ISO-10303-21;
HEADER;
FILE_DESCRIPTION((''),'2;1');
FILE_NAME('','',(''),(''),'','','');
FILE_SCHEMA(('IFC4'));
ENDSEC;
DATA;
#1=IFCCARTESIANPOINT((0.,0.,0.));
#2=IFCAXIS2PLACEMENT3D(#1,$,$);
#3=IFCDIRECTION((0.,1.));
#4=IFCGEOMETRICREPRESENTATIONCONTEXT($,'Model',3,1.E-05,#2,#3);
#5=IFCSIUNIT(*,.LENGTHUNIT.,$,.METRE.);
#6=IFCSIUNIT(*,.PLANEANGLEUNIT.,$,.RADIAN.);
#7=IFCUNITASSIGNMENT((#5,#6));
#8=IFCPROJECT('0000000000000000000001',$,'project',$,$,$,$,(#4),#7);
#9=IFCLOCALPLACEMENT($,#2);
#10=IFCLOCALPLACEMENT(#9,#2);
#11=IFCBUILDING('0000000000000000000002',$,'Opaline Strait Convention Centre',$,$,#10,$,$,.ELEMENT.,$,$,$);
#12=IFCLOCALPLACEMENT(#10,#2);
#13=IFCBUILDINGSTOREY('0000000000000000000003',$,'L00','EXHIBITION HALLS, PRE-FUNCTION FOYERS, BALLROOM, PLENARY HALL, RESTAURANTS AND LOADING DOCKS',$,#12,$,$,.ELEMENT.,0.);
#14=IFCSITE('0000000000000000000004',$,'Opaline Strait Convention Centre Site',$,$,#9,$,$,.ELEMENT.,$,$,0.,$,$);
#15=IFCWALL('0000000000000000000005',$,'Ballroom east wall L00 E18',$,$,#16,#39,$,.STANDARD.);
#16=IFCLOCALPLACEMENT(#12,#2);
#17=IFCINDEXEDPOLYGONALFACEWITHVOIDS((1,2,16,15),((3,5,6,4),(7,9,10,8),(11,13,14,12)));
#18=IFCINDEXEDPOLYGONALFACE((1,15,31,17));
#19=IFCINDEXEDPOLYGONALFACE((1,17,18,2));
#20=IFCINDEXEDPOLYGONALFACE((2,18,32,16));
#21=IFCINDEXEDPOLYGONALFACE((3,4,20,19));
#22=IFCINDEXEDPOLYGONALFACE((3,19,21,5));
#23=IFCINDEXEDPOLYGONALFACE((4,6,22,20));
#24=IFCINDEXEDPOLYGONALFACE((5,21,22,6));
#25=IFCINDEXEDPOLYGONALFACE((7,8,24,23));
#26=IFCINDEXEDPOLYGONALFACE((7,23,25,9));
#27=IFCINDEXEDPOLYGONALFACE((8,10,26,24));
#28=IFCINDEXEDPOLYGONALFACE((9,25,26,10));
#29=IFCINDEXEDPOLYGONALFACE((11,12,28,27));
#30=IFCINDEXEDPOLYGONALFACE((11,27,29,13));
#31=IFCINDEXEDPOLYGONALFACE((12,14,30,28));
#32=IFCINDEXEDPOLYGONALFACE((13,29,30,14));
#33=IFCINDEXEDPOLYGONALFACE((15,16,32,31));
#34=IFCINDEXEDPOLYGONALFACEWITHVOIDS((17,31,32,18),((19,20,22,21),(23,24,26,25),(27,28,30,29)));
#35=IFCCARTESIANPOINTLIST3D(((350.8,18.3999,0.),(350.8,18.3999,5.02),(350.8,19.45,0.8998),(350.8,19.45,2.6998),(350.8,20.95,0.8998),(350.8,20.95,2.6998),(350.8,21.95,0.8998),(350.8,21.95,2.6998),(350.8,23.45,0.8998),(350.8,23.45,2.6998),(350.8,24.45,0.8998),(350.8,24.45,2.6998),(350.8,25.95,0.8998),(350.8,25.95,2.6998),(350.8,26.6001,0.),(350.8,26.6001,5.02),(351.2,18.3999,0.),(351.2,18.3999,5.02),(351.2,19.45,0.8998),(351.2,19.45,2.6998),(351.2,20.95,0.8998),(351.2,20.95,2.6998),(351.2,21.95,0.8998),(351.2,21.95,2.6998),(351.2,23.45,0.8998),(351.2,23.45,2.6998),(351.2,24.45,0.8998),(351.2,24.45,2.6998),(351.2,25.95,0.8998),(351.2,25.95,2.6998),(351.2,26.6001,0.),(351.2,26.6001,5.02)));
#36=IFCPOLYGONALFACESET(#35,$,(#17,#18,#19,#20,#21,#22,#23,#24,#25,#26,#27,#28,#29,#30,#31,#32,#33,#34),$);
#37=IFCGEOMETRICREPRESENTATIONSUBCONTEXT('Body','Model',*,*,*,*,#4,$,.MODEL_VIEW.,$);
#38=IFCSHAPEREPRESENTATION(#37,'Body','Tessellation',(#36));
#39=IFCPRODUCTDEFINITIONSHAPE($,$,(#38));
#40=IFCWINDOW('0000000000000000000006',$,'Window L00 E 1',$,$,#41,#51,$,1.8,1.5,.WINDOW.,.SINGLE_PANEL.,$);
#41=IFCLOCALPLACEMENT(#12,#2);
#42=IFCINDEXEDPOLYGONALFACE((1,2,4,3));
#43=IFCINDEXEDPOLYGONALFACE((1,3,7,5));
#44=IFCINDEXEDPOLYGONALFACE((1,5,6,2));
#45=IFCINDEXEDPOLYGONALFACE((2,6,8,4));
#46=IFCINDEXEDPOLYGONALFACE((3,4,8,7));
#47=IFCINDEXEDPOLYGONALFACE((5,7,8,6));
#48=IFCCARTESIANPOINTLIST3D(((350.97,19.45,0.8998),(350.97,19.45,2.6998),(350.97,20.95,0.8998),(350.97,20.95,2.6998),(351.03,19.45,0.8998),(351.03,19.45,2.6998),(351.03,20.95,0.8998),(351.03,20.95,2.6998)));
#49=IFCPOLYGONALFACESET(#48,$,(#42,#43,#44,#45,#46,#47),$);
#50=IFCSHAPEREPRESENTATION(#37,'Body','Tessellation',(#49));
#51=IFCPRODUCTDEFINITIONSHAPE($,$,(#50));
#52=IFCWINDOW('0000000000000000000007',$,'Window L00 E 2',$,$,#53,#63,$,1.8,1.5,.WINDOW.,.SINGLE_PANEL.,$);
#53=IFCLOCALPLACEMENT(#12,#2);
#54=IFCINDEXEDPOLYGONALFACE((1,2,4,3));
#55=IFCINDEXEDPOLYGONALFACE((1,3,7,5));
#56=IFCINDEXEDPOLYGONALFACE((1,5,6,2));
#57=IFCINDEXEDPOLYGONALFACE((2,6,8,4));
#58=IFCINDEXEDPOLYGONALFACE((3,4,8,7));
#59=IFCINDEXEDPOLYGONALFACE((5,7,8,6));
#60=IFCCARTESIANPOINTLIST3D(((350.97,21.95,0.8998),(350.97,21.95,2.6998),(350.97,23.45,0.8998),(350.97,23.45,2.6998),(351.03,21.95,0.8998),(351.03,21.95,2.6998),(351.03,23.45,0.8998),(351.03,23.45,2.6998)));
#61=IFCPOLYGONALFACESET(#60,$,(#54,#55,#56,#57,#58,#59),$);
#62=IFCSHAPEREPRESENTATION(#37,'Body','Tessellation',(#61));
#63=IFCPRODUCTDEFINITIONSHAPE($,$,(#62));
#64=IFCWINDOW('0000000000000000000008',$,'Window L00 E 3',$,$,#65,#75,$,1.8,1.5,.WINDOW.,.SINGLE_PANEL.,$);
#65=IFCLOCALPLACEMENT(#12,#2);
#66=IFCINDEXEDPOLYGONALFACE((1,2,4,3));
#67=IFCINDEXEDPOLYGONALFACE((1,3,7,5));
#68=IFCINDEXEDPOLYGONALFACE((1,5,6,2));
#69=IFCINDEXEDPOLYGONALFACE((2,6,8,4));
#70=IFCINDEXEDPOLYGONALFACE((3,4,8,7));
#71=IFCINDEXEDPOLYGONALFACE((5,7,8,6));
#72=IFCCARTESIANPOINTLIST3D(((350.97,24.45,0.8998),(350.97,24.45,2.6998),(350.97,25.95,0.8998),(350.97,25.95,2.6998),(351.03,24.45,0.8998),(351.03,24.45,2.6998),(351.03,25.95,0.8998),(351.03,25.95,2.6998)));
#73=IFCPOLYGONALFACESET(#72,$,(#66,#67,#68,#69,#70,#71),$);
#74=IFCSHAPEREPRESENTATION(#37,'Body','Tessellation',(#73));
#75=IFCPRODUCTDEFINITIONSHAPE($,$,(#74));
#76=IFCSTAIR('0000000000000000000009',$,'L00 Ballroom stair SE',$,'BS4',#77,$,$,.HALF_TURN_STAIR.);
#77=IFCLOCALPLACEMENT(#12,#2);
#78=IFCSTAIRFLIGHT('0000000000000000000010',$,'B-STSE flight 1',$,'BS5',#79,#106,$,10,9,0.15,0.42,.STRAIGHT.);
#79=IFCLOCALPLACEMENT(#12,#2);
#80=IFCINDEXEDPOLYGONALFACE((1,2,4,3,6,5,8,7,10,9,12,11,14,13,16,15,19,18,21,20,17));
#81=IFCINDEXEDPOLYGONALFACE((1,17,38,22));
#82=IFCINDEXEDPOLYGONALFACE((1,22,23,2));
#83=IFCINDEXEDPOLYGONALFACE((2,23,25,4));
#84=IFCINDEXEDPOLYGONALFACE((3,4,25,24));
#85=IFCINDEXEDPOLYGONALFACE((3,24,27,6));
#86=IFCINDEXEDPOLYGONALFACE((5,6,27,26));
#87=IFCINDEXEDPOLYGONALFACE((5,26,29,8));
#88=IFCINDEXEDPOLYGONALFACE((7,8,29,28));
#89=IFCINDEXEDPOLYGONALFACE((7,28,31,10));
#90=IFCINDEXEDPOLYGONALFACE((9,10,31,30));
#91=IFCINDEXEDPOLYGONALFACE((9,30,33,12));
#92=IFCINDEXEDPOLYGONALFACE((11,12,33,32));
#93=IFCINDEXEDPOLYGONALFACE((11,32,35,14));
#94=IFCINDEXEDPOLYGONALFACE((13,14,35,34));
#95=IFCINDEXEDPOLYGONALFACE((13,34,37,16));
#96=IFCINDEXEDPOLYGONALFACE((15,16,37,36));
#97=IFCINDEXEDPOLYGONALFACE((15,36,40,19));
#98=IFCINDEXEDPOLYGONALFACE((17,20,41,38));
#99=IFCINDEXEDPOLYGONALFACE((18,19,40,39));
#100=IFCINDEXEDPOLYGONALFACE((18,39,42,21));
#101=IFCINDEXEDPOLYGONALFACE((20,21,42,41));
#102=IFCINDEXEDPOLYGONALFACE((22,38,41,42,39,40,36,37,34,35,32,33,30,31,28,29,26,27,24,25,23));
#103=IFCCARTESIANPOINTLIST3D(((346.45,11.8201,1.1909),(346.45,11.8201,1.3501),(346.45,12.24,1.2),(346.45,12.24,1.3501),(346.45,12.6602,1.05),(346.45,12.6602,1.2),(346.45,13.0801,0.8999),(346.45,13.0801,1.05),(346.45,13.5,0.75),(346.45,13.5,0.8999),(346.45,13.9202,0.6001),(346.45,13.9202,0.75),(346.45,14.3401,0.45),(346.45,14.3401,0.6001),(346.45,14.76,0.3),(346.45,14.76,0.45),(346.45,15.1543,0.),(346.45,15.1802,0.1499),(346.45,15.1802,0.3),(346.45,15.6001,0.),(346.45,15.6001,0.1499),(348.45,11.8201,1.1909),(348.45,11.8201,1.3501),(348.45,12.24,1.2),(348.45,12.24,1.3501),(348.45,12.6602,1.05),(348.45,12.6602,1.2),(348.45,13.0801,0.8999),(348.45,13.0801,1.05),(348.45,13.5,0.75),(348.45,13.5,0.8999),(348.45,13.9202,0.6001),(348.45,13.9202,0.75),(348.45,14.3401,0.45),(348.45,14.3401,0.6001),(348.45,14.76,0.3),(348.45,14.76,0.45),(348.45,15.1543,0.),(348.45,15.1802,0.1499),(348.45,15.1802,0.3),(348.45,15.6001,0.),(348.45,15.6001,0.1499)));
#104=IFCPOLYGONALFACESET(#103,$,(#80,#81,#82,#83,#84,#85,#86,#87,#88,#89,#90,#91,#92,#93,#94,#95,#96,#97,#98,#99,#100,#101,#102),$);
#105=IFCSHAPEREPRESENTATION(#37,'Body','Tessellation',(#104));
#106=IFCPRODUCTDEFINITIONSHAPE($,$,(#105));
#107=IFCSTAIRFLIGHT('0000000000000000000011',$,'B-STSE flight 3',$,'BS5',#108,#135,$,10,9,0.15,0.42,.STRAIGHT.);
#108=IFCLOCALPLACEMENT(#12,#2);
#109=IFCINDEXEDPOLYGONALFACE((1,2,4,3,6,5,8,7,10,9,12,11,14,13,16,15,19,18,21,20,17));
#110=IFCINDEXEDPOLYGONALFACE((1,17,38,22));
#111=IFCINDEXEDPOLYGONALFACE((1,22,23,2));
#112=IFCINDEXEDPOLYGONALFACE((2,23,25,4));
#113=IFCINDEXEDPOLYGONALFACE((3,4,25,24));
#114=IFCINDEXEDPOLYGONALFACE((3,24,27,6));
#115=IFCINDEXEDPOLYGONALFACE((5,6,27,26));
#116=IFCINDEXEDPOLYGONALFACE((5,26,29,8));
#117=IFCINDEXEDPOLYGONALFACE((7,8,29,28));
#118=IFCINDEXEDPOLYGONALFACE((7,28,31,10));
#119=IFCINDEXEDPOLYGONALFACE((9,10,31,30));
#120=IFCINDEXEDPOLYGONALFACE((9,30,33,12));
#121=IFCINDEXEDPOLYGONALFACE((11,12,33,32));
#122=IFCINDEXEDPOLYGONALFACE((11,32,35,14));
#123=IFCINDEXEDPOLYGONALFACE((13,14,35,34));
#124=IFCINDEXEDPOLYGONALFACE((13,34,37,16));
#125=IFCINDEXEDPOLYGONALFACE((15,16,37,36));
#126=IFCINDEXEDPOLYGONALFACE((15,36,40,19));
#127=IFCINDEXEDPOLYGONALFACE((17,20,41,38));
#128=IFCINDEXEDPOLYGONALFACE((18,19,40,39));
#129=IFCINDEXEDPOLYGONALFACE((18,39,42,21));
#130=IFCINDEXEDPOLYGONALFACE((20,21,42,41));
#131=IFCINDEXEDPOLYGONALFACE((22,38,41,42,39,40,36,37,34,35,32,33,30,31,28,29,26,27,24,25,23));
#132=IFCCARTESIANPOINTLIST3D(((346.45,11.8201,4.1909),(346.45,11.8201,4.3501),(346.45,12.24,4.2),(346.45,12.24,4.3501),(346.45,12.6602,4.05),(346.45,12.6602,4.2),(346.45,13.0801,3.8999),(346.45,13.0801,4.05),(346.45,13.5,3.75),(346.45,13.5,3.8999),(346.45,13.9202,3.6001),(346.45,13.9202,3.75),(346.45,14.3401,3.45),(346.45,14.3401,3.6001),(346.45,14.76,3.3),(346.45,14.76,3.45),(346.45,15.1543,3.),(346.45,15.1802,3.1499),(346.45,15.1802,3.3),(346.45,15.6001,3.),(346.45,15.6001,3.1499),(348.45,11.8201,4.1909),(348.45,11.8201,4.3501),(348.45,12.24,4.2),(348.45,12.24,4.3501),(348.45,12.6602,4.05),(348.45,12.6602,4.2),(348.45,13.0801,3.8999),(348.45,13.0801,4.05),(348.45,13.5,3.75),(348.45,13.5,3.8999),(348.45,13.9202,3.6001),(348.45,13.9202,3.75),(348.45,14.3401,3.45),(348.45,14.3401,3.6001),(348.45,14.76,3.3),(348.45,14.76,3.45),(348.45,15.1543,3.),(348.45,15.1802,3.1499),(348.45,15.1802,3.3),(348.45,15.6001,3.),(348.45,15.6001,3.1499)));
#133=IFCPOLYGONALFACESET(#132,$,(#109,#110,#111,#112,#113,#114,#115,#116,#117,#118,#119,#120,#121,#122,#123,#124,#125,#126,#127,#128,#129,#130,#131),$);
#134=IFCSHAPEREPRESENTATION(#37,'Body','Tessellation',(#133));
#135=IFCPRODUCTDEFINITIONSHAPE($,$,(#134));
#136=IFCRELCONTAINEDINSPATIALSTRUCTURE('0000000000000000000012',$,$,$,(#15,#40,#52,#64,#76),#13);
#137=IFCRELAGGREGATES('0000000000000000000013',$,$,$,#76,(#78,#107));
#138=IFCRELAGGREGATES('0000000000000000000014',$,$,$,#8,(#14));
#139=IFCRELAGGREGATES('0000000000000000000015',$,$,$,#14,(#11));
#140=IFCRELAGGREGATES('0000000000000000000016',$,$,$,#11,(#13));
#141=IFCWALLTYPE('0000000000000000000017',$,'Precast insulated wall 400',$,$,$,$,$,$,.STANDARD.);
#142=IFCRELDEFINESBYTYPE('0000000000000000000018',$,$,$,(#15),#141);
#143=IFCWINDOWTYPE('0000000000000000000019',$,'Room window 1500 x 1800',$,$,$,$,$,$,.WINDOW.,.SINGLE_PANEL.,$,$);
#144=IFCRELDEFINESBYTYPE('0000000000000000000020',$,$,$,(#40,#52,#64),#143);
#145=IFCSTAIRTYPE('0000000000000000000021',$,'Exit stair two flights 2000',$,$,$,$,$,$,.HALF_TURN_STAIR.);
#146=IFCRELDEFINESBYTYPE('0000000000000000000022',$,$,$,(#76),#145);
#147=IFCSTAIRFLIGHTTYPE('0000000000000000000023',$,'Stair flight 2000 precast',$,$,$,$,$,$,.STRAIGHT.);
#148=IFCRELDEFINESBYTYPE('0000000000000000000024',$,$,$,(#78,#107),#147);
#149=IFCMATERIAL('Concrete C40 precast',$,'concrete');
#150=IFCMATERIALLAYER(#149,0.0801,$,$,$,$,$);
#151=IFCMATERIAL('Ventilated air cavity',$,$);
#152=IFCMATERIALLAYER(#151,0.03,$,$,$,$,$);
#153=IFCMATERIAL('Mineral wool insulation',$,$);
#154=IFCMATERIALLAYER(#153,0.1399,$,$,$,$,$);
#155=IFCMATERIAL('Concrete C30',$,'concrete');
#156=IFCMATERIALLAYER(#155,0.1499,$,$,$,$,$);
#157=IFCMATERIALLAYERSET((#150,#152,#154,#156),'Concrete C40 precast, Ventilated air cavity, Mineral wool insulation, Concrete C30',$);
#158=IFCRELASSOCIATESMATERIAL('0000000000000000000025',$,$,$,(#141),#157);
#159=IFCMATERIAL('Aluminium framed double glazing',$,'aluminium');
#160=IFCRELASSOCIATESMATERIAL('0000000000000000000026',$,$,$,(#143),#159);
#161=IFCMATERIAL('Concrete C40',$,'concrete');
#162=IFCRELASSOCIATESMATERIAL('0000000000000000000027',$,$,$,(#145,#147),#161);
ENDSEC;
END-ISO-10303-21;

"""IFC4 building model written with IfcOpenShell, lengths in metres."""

from ifc_helpers import new_model, si_unit, direction, frame, frame_2d, origin, place, context, subcontext, project, spatial, polyline, rectangle, outline, extrude, material, layer, layer_set, type_object, element, fill, aggregate, save


model = new_model("IFC4")

# Units and contexts
model_context = context("Model", 3, precision=1e-05, world=origin(), true_north=direction((0.0, 1.0)))
body_context = subcontext(model_context, "Body", "Model", "MODEL_VIEW")
ifc_project = project(units=[si_unit("LENGTHUNIT", "METRE"), si_unit("PLANEANGLEUNIT", "RADIAN")], contexts=[model_context])

# Site, building, storey
site_placement = place(None, origin())
site = spatial("IfcSite", under=ifc_project, at=site_placement, Name="Opaline Strait Convention Centre Site", CompositionType="ELEMENT", RefElevation=0.0)
building_placement = place(site_placement, origin())
building = spatial("IfcBuilding", under=site, at=building_placement, Name="Opaline Strait Convention Centre", CompositionType="ELEMENT")
storey_placement = place(building_placement, origin())
storey = spatial("IfcBuildingStorey", under=building, at=storey_placement, Name="L00", Description="EXHIBITION HALLS, PRE-FUNCTION FOYERS, BALLROOM, PLENARY HALL, RESTAURANTS AND LOADING DOCKS", CompositionType="ELEMENT", Elevation=0.0)

# Shared definitions
ifc_material_1 = material(Name="Concrete C40", Category="concrete")

# Wall, openings, windows
ifc_material_2 = material(Name="Concrete C40 precast", Category="concrete")
ifc_layer_1 = layer(ifc_material_2, 0.0801)
ifc_material_3 = material(Name="Ventilated air cavity")
ifc_layer_2 = layer(ifc_material_3, 0.03)
ifc_material_4 = material(Name="Mineral wool insulation")
ifc_layer_3 = layer(ifc_material_4, 0.1399)
ifc_material_5 = material(Name="Concrete C30", Category="concrete")
ifc_layer_4 = layer(ifc_material_5, 0.1499)
ifc_layer_set_1 = layer_set([ifc_layer_1, ifc_layer_2, ifc_layer_3, ifc_layer_4], Name="Concrete C40 precast, Ventilated air cavity, Mineral wool insulation, Concrete C30")
wall_type_1 = type_object("IfcWallType", Name="Precast insulated wall 400", PredefinedType="STANDARD", material=ifc_layer_set_1)
wall_1_placement = place(storey_placement, frame((351.0, 18.3999, 0.0), z_axis=(0.0, 0.0, 1.0), x_axis=(0.0, 1.0, 0.0)))
wall_1 = element("IfcWall", 1, at=wall_1_placement, inside=storey, type_object=wall_type_1, Name="Ballroom east wall L00 E18", PredefinedType="STANDARD", context=body_context, shape_type="SweptSolid", body=[
    extrude(rectangle(XDim=8.2002, YDim=0.3999, at=frame_2d((4.1001, 0.0))), origin(), (0.0, 0.0, 1.0), 5.02),
])
opening_1_placement = place(wall_1_placement, frame((1.05, 0.0, 0.8999)))
opening_1 = element("IfcOpeningElement", 2, at=opening_1_placement, cuts=wall_1, PredefinedType="OPENING", context=body_context, shape_type="SweptSolid", body=[
    extrude(rectangle(XDim=1.5, YDim=1.8, at=frame_2d((0.75, 0.8999))), frame((0.0, 0.21, 0.0), z_axis=(0.0, -1.0, 0.0), x_axis=(1.0, 0.0, 0.0)), (0.0, 0.0, 1.0), 0.4199),
])
opening_2_placement = place(wall_1_placement, frame((3.55, 0.0, 0.8999)))
opening_2 = element("IfcOpeningElement", 3, at=opening_2_placement, cuts=wall_1, PredefinedType="OPENING", context=body_context, shape_type="SweptSolid", body=[
    extrude(rectangle(XDim=1.5, YDim=1.8, at=frame_2d((0.75, 0.8999))), frame((0.0, 0.21, 0.0), z_axis=(0.0, -1.0, 0.0), x_axis=(1.0, 0.0, 0.0)), (0.0, 0.0, 1.0), 0.4199),
])
opening_3_placement = place(wall_1_placement, frame((6.05, 0.0, 0.8999)))
opening_3 = element("IfcOpeningElement", 4, at=opening_3_placement, cuts=wall_1, PredefinedType="OPENING", context=body_context, shape_type="SweptSolid", body=[
    extrude(rectangle(XDim=1.5, YDim=1.8, at=frame_2d((0.75, 0.8999))), frame((0.0, 0.21, 0.0), z_axis=(0.0, -1.0, 0.0), x_axis=(1.0, 0.0, 0.0)), (0.0, 0.0, 1.0), 0.4199),
])
ifc_material_6 = material(Name="Aluminium framed double glazing", Category="aluminium")
window_type = type_object("IfcWindowType", Name="Room window 1500 x 1800", PartitioningType="SINGLE_PANEL", PredefinedType="WINDOW", material=ifc_material_6)
window_1_placement = place(opening_1_placement, origin())
window_1 = element("IfcWindow", 5, at=window_1_placement, inside=storey, type_object=window_type, Name="Window L00 E 1", OverallHeight=1.8, OverallWidth=1.5, PartitioningType="SINGLE_PANEL", PredefinedType="WINDOW", context=body_context, shape_type="SweptSolid", body=[
    extrude(rectangle(XDim=1.5, YDim=1.8, at=frame_2d((0.75, 0.8999))), frame((0.0, 0.03, 0.0), z_axis=(0.0, -1.0, 0.0), x_axis=(1.0, 0.0, 0.0)), (0.0, 0.0, 1.0), 0.0601),
])
fill(opening_1, window_1)
window_2_placement = place(opening_2_placement, origin())
window_2 = element("IfcWindow", 6, at=window_2_placement, inside=storey, type_object=window_type, Name="Window L00 E 2", OverallHeight=1.8, OverallWidth=1.5, PartitioningType="SINGLE_PANEL", PredefinedType="WINDOW", context=body_context, shape_type="SweptSolid", body=[
    extrude(rectangle(XDim=1.5, YDim=1.8, at=frame_2d((0.75, 0.8999))), frame((0.0, 0.03, 0.0), z_axis=(0.0, -1.0, 0.0), x_axis=(1.0, 0.0, 0.0)), (0.0, 0.0, 1.0), 0.0601),
])
fill(opening_2, window_2)
window_3_placement = place(opening_3_placement, origin())
window_3 = element("IfcWindow", 7, at=window_3_placement, inside=storey, type_object=window_type, Name="Window L00 E 3", OverallHeight=1.8, OverallWidth=1.5, PartitioningType="SINGLE_PANEL", PredefinedType="WINDOW", context=body_context, shape_type="SweptSolid", body=[
    extrude(rectangle(XDim=1.5, YDim=1.8, at=frame_2d((0.75, 0.8999))), frame((0.0, 0.03, 0.0), z_axis=(0.0, -1.0, 0.0), x_axis=(1.0, 0.0, 0.0)), (0.0, 0.0, 1.0), 0.0601),
])
fill(opening_3, window_3)

# Stair, stair flights
stair_type = type_object("IfcStairType", Name="Exit stair two flights 2000", PredefinedType="HALF_TURN_STAIR", material=ifc_material_1)
stair_placement = place(storey_placement, origin())
stair = element("IfcStair", 8, at=stair_placement, inside=storey, type_object=stair_type, Name="L00 Ballroom stair SE", ObjectType="BS4", PredefinedType="HALF_TURN_STAIR")
stair_flight_type = type_object("IfcStairFlightType", Name="Stair flight 2000 precast", PredefinedType="STRAIGHT", material=ifc_material_1)
stair_flight_1_placement = place(storey_placement, frame((347.45, 15.6001, 0.0), z_axis=(0.0, 0.0, 1.0), x_axis=(0.0, -1.0, 0.0)))
stair_flight_1 = element("IfcStairFlight", 9, at=stair_flight_1_placement, type_object=stair_flight_type, Name="B-STSE flight 1", ObjectType="BS5", NumberOfRisers=10, NumberOfTreads=9, PredefinedType="STRAIGHT", RiserHeight=0.15, TreadLength=0.42, context=body_context, shape_type="SweptSolid", body=[
    extrude(outline(polyline([(0.0, 0.0), (0.0, 0.1499), (0.4199, 0.1499), (0.4199, 0.3), (0.8401, 0.3), (0.8401, 0.45), (1.26, 0.45), (1.26, 0.6001), (1.6799, 0.6001), (1.6799, 0.75), (2.1001, 0.75), (2.1001, 0.8999), (2.52, 0.8999), (2.52, 1.05), (2.9399, 1.05), (2.9399, 1.2), (3.3601, 1.2), (3.3601, 1.3501), (3.78, 1.3501), (3.78, 1.5), (3.78, 1.1909), (0.4458, 0.0), (0.0, 0.0)])), frame((0.0, 1.0, 0.0), z_axis=(0.0, -1.0, 0.0), x_axis=(1.0, 0.0, 0.0)), (0.0, 0.0, 1.0), 2.0),
])
stair_flight_2_placement = place(storey_placement, frame((347.45, 15.6001, 3.0), z_axis=(0.0, 0.0, 1.0), x_axis=(0.0, -1.0, 0.0)))
stair_flight_2 = element("IfcStairFlight", 10, at=stair_flight_2_placement, type_object=stair_flight_type, Name="B-STSE flight 3", ObjectType="BS5", NumberOfRisers=10, NumberOfTreads=9, PredefinedType="STRAIGHT", RiserHeight=0.15, TreadLength=0.42, context=body_context, shape_type="SweptSolid", body=[
    extrude(outline(polyline([(0.0, 0.0), (0.0, 0.1499), (0.4199, 0.1499), (0.4199, 0.3), (0.8401, 0.3), (0.8401, 0.45), (1.26, 0.45), (1.26, 0.6001), (1.6799, 0.6001), (1.6799, 0.75), (2.1001, 0.75), (2.1001, 0.8999), (2.52, 0.8999), (2.52, 1.05), (2.9399, 1.05), (2.9399, 1.2), (3.3601, 1.2), (3.3601, 1.3501), (3.78, 1.3501), (3.78, 1.5), (3.78, 1.1909), (0.4458, 0.0), (0.0, 0.0)])), frame((0.0, 1.0, 0.0), z_axis=(0.0, -1.0, 0.0), x_axis=(1.0, 0.0, 0.0)), (0.0, 0.0, 1.0), 2.0),
])
aggregate(stair, [stair_flight_1, stair_flight_2])

save(model, "model.ifc")
